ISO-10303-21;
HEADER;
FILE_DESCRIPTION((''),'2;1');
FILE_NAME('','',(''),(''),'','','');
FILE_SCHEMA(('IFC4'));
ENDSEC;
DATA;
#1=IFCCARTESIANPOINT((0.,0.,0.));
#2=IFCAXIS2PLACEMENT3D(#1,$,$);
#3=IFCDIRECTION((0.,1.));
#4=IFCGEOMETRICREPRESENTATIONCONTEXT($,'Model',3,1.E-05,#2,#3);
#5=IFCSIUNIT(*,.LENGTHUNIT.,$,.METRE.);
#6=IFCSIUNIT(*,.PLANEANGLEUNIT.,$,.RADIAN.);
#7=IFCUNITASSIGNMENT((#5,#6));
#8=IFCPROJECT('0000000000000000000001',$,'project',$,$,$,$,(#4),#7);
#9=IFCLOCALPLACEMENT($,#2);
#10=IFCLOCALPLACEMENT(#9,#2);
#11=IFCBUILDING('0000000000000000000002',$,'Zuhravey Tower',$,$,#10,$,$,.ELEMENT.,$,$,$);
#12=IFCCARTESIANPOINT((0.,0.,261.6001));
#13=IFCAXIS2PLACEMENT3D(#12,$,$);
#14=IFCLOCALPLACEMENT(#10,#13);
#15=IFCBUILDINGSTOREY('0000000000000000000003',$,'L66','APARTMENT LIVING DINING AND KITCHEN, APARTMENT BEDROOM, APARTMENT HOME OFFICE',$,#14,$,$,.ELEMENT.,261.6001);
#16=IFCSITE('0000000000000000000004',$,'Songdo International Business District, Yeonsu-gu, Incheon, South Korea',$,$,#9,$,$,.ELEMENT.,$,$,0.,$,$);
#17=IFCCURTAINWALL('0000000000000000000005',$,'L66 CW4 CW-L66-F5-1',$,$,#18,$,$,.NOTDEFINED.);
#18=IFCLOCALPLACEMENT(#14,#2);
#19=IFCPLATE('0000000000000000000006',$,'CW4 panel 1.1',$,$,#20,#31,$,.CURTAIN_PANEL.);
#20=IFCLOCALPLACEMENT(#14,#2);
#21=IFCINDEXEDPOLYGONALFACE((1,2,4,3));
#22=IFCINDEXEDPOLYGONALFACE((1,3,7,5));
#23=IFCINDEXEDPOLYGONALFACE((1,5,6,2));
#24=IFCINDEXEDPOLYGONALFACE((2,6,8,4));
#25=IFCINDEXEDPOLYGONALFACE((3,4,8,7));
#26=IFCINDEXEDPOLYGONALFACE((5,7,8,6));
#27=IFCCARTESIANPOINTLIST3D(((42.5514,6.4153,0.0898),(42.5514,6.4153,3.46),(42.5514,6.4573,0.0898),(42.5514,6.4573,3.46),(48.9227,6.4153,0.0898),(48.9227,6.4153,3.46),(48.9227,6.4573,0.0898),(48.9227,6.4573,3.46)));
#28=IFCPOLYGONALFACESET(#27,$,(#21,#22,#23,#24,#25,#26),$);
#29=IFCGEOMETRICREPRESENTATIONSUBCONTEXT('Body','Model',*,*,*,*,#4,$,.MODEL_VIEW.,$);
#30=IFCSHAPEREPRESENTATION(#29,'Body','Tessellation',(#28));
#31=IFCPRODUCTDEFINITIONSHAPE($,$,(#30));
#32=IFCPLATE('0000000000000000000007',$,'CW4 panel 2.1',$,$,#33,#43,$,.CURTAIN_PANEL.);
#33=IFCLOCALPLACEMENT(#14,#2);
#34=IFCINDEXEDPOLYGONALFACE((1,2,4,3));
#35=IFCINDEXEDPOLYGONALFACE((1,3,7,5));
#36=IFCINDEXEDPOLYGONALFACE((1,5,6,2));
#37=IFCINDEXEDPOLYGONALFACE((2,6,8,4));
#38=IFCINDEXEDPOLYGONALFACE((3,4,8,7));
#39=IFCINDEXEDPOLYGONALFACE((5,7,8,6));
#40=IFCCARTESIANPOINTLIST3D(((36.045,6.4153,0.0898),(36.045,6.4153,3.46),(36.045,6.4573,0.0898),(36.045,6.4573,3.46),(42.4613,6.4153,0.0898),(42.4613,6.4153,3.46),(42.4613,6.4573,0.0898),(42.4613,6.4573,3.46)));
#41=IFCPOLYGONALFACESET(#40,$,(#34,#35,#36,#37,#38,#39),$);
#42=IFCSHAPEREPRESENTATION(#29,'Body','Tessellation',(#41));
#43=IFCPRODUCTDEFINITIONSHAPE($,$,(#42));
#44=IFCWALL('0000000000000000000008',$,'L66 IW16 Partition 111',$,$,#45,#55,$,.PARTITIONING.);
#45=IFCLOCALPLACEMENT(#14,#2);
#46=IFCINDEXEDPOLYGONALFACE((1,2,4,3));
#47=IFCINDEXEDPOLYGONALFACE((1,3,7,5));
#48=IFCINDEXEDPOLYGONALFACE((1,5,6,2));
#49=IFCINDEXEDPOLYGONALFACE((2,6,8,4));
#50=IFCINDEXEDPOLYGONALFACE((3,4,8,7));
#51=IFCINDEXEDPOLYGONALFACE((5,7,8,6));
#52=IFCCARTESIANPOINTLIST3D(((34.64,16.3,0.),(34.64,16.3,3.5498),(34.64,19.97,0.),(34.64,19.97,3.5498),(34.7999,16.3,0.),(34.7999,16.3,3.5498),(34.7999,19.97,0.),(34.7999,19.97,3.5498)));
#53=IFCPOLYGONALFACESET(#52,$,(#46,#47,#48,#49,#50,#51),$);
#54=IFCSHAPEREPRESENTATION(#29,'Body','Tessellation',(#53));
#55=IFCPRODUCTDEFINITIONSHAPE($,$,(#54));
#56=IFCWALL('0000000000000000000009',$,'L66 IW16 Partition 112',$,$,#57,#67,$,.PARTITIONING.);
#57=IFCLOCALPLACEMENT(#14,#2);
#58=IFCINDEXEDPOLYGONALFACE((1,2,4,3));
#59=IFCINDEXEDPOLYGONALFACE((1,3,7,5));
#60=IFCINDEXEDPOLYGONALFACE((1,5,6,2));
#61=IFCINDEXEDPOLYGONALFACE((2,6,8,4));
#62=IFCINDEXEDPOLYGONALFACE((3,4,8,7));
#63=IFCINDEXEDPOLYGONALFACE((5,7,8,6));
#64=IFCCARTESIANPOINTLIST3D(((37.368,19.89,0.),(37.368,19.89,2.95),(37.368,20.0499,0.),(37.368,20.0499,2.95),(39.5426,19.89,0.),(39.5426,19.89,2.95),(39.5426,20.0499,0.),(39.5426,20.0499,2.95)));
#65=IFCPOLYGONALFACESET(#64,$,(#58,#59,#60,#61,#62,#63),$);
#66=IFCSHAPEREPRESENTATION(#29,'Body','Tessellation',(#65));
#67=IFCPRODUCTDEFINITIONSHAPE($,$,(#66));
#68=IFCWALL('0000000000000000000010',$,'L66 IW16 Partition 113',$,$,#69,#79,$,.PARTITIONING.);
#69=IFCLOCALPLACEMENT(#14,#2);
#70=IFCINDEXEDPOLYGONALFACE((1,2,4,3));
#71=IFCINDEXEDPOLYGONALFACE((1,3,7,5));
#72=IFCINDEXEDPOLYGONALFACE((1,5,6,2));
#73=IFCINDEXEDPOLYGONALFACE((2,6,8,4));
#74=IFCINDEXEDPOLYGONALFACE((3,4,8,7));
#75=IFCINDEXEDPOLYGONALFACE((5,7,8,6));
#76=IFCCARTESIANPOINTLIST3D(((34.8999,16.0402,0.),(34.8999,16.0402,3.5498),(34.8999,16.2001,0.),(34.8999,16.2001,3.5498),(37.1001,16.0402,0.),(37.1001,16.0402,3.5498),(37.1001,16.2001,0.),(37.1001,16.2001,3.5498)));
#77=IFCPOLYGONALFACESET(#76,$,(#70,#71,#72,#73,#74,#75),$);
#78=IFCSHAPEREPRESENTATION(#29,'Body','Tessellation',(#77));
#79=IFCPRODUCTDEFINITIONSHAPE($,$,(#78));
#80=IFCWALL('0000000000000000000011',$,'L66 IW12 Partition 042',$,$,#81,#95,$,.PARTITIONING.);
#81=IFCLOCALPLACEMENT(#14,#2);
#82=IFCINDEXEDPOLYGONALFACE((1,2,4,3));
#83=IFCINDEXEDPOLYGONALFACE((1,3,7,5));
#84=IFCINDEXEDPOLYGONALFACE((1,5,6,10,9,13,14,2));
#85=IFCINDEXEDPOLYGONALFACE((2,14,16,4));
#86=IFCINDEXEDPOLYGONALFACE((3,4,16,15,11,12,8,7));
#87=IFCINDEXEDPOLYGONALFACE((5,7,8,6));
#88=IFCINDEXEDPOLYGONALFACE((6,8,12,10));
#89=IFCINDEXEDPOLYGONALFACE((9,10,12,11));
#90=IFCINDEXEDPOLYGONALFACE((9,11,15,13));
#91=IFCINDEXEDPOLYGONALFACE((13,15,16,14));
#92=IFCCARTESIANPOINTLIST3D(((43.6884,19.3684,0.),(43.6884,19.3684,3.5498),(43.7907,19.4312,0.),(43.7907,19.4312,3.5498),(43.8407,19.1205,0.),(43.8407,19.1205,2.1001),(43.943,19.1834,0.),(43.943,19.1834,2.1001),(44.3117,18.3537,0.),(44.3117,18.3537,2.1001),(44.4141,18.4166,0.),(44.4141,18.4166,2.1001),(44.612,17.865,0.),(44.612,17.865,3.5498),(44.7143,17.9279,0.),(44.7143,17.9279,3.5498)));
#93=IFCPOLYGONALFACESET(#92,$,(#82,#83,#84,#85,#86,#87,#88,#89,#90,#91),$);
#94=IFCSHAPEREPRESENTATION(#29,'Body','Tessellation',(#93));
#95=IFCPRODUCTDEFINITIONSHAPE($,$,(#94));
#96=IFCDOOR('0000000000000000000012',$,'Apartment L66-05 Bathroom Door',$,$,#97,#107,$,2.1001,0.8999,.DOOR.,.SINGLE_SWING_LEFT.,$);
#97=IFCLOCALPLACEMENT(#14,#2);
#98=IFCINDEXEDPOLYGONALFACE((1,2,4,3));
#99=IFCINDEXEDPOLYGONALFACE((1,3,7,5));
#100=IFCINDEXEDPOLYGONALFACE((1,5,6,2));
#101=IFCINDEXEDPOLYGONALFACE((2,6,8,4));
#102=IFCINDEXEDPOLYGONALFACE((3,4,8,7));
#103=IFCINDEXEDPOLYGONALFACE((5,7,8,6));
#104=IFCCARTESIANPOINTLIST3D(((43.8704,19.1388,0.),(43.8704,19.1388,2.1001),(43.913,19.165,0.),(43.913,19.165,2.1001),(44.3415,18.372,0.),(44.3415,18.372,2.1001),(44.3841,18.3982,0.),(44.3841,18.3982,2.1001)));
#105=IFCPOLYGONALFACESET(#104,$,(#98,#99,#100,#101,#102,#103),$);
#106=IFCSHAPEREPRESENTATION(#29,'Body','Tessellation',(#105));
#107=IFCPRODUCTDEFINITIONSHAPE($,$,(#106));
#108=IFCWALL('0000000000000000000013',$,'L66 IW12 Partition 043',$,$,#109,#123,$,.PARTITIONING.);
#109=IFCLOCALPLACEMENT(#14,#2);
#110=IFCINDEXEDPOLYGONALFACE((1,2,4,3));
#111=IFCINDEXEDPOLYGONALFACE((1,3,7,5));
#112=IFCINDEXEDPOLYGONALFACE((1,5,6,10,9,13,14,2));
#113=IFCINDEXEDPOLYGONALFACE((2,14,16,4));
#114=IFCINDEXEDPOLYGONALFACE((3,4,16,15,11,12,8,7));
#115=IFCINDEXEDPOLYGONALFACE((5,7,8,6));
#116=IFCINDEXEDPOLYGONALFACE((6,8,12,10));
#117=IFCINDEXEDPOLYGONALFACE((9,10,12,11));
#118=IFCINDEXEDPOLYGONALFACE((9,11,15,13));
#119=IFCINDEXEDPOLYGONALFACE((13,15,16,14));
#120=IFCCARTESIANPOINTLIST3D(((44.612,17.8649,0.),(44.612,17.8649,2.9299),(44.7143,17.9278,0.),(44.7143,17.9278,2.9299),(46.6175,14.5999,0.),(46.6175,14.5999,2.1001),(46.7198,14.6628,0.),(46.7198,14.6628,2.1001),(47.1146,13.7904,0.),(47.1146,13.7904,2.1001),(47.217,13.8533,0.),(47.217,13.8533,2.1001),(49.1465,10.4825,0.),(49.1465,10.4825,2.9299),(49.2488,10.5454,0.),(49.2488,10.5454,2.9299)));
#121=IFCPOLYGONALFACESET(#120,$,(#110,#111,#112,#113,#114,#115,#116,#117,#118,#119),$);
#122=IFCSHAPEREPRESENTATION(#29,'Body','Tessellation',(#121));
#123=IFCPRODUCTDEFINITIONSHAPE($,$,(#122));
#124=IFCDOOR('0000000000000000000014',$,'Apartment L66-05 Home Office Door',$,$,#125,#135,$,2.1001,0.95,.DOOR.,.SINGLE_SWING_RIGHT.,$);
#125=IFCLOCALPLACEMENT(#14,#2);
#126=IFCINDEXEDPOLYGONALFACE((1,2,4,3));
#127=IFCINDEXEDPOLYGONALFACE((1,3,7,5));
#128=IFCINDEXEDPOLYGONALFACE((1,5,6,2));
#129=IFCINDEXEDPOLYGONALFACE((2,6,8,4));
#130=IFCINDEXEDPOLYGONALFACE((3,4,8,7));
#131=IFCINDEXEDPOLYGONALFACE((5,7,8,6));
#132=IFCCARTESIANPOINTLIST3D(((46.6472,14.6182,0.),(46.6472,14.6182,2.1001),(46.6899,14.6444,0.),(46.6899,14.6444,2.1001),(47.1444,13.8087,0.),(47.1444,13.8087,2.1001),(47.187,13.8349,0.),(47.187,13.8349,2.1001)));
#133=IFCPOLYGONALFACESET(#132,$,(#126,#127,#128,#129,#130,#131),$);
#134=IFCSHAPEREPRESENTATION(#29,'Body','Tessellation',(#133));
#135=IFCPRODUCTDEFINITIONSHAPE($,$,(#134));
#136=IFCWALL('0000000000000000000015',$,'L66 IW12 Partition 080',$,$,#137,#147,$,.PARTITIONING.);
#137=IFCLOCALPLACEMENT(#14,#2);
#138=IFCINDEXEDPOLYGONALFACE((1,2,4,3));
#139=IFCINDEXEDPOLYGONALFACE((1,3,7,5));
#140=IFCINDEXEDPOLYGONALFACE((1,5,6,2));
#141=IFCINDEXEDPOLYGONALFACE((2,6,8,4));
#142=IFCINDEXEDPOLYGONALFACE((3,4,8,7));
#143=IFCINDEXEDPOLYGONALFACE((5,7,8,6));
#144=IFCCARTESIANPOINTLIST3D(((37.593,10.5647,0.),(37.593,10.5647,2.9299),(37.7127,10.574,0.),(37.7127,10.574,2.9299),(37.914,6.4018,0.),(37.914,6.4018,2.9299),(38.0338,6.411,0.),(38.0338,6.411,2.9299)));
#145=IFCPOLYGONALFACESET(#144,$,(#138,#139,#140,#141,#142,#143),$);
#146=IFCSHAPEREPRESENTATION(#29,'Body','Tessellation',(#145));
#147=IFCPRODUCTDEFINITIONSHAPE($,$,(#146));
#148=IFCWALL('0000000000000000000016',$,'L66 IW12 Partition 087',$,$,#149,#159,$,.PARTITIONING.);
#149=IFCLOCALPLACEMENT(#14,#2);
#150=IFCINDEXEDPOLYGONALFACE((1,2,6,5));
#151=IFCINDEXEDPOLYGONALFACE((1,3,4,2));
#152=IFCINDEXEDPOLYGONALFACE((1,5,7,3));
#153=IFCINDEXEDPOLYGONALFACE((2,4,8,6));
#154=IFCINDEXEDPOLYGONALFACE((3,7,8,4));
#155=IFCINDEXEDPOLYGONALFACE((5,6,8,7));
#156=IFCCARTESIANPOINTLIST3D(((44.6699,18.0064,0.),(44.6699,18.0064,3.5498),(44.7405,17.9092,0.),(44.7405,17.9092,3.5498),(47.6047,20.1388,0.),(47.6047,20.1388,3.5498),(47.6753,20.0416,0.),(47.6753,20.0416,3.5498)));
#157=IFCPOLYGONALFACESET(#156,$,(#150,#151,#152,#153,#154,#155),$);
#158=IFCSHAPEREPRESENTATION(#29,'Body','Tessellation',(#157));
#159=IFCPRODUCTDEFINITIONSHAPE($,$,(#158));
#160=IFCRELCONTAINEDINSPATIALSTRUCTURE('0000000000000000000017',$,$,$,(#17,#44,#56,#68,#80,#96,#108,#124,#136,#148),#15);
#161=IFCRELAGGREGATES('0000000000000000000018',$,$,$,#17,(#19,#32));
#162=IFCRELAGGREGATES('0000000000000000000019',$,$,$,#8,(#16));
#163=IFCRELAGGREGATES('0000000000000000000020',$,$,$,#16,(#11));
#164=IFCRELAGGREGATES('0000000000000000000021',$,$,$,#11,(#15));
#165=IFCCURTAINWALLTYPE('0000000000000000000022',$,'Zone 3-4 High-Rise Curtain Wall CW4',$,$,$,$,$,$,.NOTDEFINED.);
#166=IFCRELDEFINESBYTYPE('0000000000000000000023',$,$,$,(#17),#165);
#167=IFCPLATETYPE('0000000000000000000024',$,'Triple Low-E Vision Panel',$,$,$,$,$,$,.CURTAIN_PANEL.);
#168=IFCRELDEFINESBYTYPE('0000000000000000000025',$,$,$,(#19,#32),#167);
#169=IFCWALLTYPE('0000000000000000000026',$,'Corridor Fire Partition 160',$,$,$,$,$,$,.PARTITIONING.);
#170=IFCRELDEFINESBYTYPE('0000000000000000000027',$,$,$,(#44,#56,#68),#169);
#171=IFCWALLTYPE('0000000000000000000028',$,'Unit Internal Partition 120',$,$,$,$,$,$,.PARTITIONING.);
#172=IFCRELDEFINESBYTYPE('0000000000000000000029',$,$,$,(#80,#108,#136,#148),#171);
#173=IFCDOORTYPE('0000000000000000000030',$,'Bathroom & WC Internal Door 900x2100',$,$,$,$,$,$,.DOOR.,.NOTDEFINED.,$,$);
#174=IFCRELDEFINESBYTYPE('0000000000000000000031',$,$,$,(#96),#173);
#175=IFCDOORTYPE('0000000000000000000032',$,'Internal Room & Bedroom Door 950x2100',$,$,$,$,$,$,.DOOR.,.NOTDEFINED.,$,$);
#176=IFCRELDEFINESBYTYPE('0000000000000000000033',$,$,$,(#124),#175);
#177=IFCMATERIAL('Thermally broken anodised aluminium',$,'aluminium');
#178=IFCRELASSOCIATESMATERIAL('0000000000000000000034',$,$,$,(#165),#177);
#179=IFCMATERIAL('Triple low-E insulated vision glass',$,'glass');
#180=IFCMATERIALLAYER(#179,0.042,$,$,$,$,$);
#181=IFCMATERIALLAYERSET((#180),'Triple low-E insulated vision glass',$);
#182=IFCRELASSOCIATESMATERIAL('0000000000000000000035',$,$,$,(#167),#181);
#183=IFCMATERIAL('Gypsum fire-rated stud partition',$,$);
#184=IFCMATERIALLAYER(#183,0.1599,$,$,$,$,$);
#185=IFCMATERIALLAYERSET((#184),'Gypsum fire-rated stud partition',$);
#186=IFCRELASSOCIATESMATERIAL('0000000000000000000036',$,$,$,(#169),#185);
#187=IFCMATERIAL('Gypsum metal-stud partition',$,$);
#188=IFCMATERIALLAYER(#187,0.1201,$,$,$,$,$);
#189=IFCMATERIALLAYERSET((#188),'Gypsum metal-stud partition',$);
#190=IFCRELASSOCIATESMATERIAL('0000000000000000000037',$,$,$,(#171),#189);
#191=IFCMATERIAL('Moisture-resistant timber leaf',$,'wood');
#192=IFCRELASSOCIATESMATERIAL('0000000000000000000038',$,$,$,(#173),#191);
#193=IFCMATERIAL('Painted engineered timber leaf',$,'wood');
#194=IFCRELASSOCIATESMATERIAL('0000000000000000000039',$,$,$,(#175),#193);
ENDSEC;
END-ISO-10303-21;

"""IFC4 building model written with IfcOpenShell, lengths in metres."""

from ifc_helpers import new_model, si_unit, direction, frame, frame_2d, origin, origin_2d, place, context, subcontext, project, spatial, rectangle, extrude, material, layer, layer_set, type_object, element, fill, aggregate, save


model = new_model("IFC4")

# Units and contexts
model_context = context("Model", 3, precision=1e-05, world=origin(), true_north=direction((0.0, 1.0)))
body_context = subcontext(model_context, "Body", "Model", "MODEL_VIEW")
ifc_project = project(units=[si_unit("LENGTHUNIT", "METRE"), si_unit("PLANEANGLEUNIT", "RADIAN")], contexts=[model_context])

# Site, building, storey
site_placement = place(None, origin())
site = spatial("IfcSite", under=ifc_project, at=site_placement, Name="Songdo International Business District, Yeonsu-gu, Incheon, South Korea", CompositionType="ELEMENT", RefElevation=0.0)
building_placement = place(site_placement, origin())
building = spatial("IfcBuilding", under=site, at=building_placement, Name="Zuhravey Tower", CompositionType="ELEMENT")
storey_placement = place(building_placement, frame((0.0, 0.0, 261.6001)))
storey = spatial("IfcBuildingStorey", under=building, at=storey_placement, Name="L66", Description="APARTMENT LIVING DINING AND KITCHEN, APARTMENT BEDROOM, APARTMENT HOME OFFICE", CompositionType="ELEMENT", Elevation=261.6001)

# Curtain wall
ifc_material_1 = material(Name="Thermally broken anodised aluminium", Category="aluminium")
curtain_wall_type = type_object("IfcCurtainWallType", Name="Zone 3-4 High-Rise Curtain Wall CW4", PredefinedType="NOTDEFINED", material=ifc_material_1)
curtain_wall_placement = place(storey_placement, origin())
curtain_wall = element("IfcCurtainWall", 1, at=curtain_wall_placement, inside=storey, type_object=curtain_wall_type, Name="L66 CW4 CW-L66-F5-1", PredefinedType="NOTDEFINED")

# Plates
ifc_material_2 = material(Name="Triple low-E insulated vision glass", Category="glass")
ifc_layer_1 = layer(ifc_material_2, 0.042)
ifc_layer_set_1 = layer_set([ifc_layer_1], Name="Triple low-E insulated vision glass")
plate_type_1 = type_object("IfcPlateType", Name="Triple Low-E Vision Panel", PredefinedType="CURTAIN_PANEL", material=ifc_layer_set_1)
plate_1_placement = place(storey_placement, frame((45.7371, 6.4363, 0.0898), z_axis=(0.0, 0.0, 1.0), x_axis=(-1.0, 0.0, 0.0)))
plate_1 = element("IfcPlate", 2, at=plate_1_placement, type_object=plate_type_1, Name="CW4 panel 1.1", PredefinedType="CURTAIN_PANEL", context=body_context, shape_type="SweptSolid", body=[
    extrude(rectangle(XDim=6.3713, YDim=0.042, at=origin_2d()), origin(), (0.0, 0.0, 1.0), 3.3701),
])
plate_2_placement = place(storey_placement, frame((39.2532, 6.4363, 0.0898), z_axis=(0.0, 0.0, 1.0), x_axis=(-1.0, 0.0, 0.0)))
plate_2 = element("IfcPlate", 3, at=plate_2_placement, type_object=plate_type_1, Name="CW4 panel 2.1", PredefinedType="CURTAIN_PANEL", context=body_context, shape_type="SweptSolid", body=[
    extrude(rectangle(XDim=6.4163, YDim=0.042, at=origin_2d()), origin(), (0.0, 0.0, 1.0), 3.3701),
])
aggregate(curtain_wall, [plate_1, plate_2])

# Shared definitions
ifc_material_3 = material(Name="Gypsum fire-rated stud partition")
ifc_layer_2 = layer(ifc_material_3, 0.1599)
ifc_layer_set_2 = layer_set([ifc_layer_2], Name="Gypsum fire-rated stud partition")
wall_type_1 = type_object("IfcWallType", Name="Corridor Fire Partition 160", PredefinedType="PARTITIONING", material=ifc_layer_set_2)

# Walls
wall_1_placement = place(storey_placement, frame((34.72, 19.97, 0.0), z_axis=(0.0, 0.0, 1.0), x_axis=(0.0, -1.0, 0.0)))
element("IfcWall", 4, at=wall_1_placement, inside=storey, type_object=wall_type_1, Name="L66 IW16 Partition 111", PredefinedType="PARTITIONING", context=body_context, shape_type="SweptSolid", body=[
    extrude(rectangle(XDim=3.6699, YDim=0.1599, at=frame_2d((1.835, 0.0))), origin(), (0.0, 0.0, 1.0), 3.5498),
])
wall_2_placement = place(storey_placement, frame((37.3679, 19.97, 0.0), z_axis=(0.0, 0.0, 1.0), x_axis=(1.0, 0.0, 0.0)))
element("IfcWall", 5, at=wall_2_placement, inside=storey, type_object=wall_type_1, Name="L66 IW16 Partition 112", PredefinedType="PARTITIONING", context=body_context, shape_type="SweptSolid", body=[
    extrude(rectangle(XDim=2.1746, YDim=0.1599, at=frame_2d((1.0874, 0.0))), origin(), (0.0, 0.0, 1.0), 2.95),
])
wall_3_placement = place(storey_placement, frame((34.8999, 16.1201, 0.0), z_axis=(0.0, 0.0, 1.0), x_axis=(1.0, 0.0, 0.0)))
element("IfcWall", 6, at=wall_3_placement, inside=storey, type_object=wall_type_1, Name="L66 IW16 Partition 113", PredefinedType="PARTITIONING", context=body_context, shape_type="SweptSolid", body=[
    extrude(rectangle(XDim=2.2002, YDim=0.1599, at=frame_2d((1.1001, 0.0))), origin(), (0.0, 0.0, 1.0), 3.5498),
])

# Walls, openings, doors
ifc_material_4 = material(Name="Gypsum metal-stud partition")
ifc_layer_3 = layer(ifc_material_4, 0.1201)
ifc_layer_set_3 = layer_set([ifc_layer_3], Name="Gypsum metal-stud partition")
wall_type_2 = type_object("IfcWallType", Name="Unit Internal Partition 120", PredefinedType="PARTITIONING", material=ifc_layer_set_3)
wall_4_placement = place(storey_placement, frame((43.7395, 19.3999, 0.0), z_axis=(0.0, 0.0, 1.0), x_axis=(0.523441, -0.852062, 0.0)))
wall_4 = element("IfcWall", 7, at=wall_4_placement, inside=storey, type_object=wall_type_2, Name="L66 IW12 Partition 042", PredefinedType="PARTITIONING", context=body_context, shape_type="SweptSolid", body=[
    extrude(rectangle(XDim=1.7644, YDim=0.1201, at=frame_2d((0.8823, 0.0))), origin(), (0.0, 0.0, 1.0), 3.5498),
])
opening_1_placement = place(wall_4_placement, frame((0.291, 0.0, 0.0)))
opening_1 = element("IfcOpeningElement", 8, at=opening_1_placement, cuts=wall_4, PredefinedType="OPENING", context=body_context, shape_type="SweptSolid", body=[
    extrude(rectangle(XDim=0.8999, YDim=2.1001, at=frame_2d((0.45, 1.05))), frame((0.0, 0.072, 0.0), z_axis=(0.0, -1.0, 0.0), x_axis=(1.0, 0.0, 0.0)), (0.0, 0.0, 1.0), 0.144),
])
ifc_material_5 = material(Name="Moisture-resistant timber leaf", Category="wood")
door_type_1 = type_object("IfcDoorType", Name="Bathroom & WC Internal Door 900x2100", OperationType="NOTDEFINED", PredefinedType="DOOR", material=ifc_material_5)
door_1_placement = place(opening_1_placement, origin())
door_1 = element("IfcDoor", 9, at=door_1_placement, inside=storey, type_object=door_type_1, Name="Apartment L66-05 Bathroom Door", OperationType="SINGLE_SWING_LEFT", OverallHeight=2.1001, OverallWidth=0.8999, PredefinedType="DOOR", context=body_context, shape_type="SweptSolid", body=[
    extrude(rectangle(XDim=0.8999, YDim=2.1001, at=frame_2d((0.45, 1.05))), frame((0.0, 0.0249, 0.0), z_axis=(0.0, -1.0, 0.0), x_axis=(1.0, 0.0, 0.0)), (0.0, 0.0, 1.0), 0.05),
])
fill(opening_1, door_1)
wall_5_placement = place(storey_placement, frame((44.6631, 17.8965, 0.0), z_axis=(0.0, 0.0, 1.0), x_axis=(0.523382, -0.852098, 0.0)))
wall_5 = element("IfcWall", 10, at=wall_5_placement, inside=storey, type_object=wall_type_2, Name="L66 IW12 Partition 043", PredefinedType="PARTITIONING", context=body_context, shape_type="SweptSolid", body=[
    extrude(rectangle(XDim=8.6638, YDim=0.1201, at=frame_2d((4.332, 0.0))), origin(), (0.0, 0.0, 1.0), 2.9299),
])
opening_2_placement = place(wall_5_placement, frame((3.8318, 0.0, 0.0)))
opening_2 = element("IfcOpeningElement", 11, at=opening_2_placement, cuts=wall_5, PredefinedType="OPENING", context=body_context, shape_type="SweptSolid", body=[
    extrude(rectangle(XDim=0.95, YDim=2.1001, at=frame_2d((0.4751, 1.05))), frame((0.0, 0.072, 0.0), z_axis=(0.0, -1.0, 0.0), x_axis=(1.0, 0.0, 0.0)), (0.0, 0.0, 1.0), 0.144),
])
ifc_material_6 = material(Name="Painted engineered timber leaf", Category="wood")
door_type_2 = type_object("IfcDoorType", Name="Internal Room & Bedroom Door 950x2100", OperationType="NOTDEFINED", PredefinedType="DOOR", material=ifc_material_6)
door_2_placement = place(opening_2_placement, origin())
door_2 = element("IfcDoor", 12, at=door_2_placement, inside=storey, type_object=door_type_2, Name="Apartment L66-05 Home Office Door", OperationType="SINGLE_SWING_RIGHT", OverallHeight=2.1001, OverallWidth=0.95, PredefinedType="DOOR", context=body_context, shape_type="SweptSolid", body=[
    extrude(rectangle(XDim=0.95, YDim=2.1001, at=frame_2d((0.4751, 1.05))), frame((0.0, 0.0249, 0.0), z_axis=(0.0, -1.0, 0.0), x_axis=(1.0, 0.0, 0.0)), (0.0, 0.0, 1.0), 0.05),
])
fill(opening_2, door_2)

# Walls
wall_6_placement = place(storey_placement, frame((37.6528, 10.5693, 0.0), z_axis=(0.0, 0.0, 1.0), x_axis=(0.076893, -0.997039, 0.0)))
element("IfcWall", 13, at=wall_6_placement, inside=storey, type_object=wall_type_2, Name="L66 IW12 Partition 080", PredefinedType="PARTITIONING", context=body_context, shape_type="SweptSolid", body=[
    extrude(rectangle(XDim=4.1753, YDim=0.1201, at=frame_2d((2.0876, 0.0))), origin(), (0.0, 0.0, 1.0), 2.9299),
])
wall_7_placement = place(storey_placement, frame((44.7051, 17.9578, 0.0), z_axis=(0.0, 0.0, 1.0), x_axis=(0.80901, 0.587795, 0.0)))
element("IfcWall", 14, at=wall_7_placement, inside=storey, type_object=wall_type_2, Name="L66 IW12 Partition 087", PredefinedType="PARTITIONING", context=body_context, shape_type="SweptSolid", body=[
    extrude(rectangle(XDim=3.6277, YDim=0.1201, at=frame_2d((1.814, 0.0))), origin(), (0.0, 0.0, 1.0), 3.5498),
])

save(model, "model.ifc")
